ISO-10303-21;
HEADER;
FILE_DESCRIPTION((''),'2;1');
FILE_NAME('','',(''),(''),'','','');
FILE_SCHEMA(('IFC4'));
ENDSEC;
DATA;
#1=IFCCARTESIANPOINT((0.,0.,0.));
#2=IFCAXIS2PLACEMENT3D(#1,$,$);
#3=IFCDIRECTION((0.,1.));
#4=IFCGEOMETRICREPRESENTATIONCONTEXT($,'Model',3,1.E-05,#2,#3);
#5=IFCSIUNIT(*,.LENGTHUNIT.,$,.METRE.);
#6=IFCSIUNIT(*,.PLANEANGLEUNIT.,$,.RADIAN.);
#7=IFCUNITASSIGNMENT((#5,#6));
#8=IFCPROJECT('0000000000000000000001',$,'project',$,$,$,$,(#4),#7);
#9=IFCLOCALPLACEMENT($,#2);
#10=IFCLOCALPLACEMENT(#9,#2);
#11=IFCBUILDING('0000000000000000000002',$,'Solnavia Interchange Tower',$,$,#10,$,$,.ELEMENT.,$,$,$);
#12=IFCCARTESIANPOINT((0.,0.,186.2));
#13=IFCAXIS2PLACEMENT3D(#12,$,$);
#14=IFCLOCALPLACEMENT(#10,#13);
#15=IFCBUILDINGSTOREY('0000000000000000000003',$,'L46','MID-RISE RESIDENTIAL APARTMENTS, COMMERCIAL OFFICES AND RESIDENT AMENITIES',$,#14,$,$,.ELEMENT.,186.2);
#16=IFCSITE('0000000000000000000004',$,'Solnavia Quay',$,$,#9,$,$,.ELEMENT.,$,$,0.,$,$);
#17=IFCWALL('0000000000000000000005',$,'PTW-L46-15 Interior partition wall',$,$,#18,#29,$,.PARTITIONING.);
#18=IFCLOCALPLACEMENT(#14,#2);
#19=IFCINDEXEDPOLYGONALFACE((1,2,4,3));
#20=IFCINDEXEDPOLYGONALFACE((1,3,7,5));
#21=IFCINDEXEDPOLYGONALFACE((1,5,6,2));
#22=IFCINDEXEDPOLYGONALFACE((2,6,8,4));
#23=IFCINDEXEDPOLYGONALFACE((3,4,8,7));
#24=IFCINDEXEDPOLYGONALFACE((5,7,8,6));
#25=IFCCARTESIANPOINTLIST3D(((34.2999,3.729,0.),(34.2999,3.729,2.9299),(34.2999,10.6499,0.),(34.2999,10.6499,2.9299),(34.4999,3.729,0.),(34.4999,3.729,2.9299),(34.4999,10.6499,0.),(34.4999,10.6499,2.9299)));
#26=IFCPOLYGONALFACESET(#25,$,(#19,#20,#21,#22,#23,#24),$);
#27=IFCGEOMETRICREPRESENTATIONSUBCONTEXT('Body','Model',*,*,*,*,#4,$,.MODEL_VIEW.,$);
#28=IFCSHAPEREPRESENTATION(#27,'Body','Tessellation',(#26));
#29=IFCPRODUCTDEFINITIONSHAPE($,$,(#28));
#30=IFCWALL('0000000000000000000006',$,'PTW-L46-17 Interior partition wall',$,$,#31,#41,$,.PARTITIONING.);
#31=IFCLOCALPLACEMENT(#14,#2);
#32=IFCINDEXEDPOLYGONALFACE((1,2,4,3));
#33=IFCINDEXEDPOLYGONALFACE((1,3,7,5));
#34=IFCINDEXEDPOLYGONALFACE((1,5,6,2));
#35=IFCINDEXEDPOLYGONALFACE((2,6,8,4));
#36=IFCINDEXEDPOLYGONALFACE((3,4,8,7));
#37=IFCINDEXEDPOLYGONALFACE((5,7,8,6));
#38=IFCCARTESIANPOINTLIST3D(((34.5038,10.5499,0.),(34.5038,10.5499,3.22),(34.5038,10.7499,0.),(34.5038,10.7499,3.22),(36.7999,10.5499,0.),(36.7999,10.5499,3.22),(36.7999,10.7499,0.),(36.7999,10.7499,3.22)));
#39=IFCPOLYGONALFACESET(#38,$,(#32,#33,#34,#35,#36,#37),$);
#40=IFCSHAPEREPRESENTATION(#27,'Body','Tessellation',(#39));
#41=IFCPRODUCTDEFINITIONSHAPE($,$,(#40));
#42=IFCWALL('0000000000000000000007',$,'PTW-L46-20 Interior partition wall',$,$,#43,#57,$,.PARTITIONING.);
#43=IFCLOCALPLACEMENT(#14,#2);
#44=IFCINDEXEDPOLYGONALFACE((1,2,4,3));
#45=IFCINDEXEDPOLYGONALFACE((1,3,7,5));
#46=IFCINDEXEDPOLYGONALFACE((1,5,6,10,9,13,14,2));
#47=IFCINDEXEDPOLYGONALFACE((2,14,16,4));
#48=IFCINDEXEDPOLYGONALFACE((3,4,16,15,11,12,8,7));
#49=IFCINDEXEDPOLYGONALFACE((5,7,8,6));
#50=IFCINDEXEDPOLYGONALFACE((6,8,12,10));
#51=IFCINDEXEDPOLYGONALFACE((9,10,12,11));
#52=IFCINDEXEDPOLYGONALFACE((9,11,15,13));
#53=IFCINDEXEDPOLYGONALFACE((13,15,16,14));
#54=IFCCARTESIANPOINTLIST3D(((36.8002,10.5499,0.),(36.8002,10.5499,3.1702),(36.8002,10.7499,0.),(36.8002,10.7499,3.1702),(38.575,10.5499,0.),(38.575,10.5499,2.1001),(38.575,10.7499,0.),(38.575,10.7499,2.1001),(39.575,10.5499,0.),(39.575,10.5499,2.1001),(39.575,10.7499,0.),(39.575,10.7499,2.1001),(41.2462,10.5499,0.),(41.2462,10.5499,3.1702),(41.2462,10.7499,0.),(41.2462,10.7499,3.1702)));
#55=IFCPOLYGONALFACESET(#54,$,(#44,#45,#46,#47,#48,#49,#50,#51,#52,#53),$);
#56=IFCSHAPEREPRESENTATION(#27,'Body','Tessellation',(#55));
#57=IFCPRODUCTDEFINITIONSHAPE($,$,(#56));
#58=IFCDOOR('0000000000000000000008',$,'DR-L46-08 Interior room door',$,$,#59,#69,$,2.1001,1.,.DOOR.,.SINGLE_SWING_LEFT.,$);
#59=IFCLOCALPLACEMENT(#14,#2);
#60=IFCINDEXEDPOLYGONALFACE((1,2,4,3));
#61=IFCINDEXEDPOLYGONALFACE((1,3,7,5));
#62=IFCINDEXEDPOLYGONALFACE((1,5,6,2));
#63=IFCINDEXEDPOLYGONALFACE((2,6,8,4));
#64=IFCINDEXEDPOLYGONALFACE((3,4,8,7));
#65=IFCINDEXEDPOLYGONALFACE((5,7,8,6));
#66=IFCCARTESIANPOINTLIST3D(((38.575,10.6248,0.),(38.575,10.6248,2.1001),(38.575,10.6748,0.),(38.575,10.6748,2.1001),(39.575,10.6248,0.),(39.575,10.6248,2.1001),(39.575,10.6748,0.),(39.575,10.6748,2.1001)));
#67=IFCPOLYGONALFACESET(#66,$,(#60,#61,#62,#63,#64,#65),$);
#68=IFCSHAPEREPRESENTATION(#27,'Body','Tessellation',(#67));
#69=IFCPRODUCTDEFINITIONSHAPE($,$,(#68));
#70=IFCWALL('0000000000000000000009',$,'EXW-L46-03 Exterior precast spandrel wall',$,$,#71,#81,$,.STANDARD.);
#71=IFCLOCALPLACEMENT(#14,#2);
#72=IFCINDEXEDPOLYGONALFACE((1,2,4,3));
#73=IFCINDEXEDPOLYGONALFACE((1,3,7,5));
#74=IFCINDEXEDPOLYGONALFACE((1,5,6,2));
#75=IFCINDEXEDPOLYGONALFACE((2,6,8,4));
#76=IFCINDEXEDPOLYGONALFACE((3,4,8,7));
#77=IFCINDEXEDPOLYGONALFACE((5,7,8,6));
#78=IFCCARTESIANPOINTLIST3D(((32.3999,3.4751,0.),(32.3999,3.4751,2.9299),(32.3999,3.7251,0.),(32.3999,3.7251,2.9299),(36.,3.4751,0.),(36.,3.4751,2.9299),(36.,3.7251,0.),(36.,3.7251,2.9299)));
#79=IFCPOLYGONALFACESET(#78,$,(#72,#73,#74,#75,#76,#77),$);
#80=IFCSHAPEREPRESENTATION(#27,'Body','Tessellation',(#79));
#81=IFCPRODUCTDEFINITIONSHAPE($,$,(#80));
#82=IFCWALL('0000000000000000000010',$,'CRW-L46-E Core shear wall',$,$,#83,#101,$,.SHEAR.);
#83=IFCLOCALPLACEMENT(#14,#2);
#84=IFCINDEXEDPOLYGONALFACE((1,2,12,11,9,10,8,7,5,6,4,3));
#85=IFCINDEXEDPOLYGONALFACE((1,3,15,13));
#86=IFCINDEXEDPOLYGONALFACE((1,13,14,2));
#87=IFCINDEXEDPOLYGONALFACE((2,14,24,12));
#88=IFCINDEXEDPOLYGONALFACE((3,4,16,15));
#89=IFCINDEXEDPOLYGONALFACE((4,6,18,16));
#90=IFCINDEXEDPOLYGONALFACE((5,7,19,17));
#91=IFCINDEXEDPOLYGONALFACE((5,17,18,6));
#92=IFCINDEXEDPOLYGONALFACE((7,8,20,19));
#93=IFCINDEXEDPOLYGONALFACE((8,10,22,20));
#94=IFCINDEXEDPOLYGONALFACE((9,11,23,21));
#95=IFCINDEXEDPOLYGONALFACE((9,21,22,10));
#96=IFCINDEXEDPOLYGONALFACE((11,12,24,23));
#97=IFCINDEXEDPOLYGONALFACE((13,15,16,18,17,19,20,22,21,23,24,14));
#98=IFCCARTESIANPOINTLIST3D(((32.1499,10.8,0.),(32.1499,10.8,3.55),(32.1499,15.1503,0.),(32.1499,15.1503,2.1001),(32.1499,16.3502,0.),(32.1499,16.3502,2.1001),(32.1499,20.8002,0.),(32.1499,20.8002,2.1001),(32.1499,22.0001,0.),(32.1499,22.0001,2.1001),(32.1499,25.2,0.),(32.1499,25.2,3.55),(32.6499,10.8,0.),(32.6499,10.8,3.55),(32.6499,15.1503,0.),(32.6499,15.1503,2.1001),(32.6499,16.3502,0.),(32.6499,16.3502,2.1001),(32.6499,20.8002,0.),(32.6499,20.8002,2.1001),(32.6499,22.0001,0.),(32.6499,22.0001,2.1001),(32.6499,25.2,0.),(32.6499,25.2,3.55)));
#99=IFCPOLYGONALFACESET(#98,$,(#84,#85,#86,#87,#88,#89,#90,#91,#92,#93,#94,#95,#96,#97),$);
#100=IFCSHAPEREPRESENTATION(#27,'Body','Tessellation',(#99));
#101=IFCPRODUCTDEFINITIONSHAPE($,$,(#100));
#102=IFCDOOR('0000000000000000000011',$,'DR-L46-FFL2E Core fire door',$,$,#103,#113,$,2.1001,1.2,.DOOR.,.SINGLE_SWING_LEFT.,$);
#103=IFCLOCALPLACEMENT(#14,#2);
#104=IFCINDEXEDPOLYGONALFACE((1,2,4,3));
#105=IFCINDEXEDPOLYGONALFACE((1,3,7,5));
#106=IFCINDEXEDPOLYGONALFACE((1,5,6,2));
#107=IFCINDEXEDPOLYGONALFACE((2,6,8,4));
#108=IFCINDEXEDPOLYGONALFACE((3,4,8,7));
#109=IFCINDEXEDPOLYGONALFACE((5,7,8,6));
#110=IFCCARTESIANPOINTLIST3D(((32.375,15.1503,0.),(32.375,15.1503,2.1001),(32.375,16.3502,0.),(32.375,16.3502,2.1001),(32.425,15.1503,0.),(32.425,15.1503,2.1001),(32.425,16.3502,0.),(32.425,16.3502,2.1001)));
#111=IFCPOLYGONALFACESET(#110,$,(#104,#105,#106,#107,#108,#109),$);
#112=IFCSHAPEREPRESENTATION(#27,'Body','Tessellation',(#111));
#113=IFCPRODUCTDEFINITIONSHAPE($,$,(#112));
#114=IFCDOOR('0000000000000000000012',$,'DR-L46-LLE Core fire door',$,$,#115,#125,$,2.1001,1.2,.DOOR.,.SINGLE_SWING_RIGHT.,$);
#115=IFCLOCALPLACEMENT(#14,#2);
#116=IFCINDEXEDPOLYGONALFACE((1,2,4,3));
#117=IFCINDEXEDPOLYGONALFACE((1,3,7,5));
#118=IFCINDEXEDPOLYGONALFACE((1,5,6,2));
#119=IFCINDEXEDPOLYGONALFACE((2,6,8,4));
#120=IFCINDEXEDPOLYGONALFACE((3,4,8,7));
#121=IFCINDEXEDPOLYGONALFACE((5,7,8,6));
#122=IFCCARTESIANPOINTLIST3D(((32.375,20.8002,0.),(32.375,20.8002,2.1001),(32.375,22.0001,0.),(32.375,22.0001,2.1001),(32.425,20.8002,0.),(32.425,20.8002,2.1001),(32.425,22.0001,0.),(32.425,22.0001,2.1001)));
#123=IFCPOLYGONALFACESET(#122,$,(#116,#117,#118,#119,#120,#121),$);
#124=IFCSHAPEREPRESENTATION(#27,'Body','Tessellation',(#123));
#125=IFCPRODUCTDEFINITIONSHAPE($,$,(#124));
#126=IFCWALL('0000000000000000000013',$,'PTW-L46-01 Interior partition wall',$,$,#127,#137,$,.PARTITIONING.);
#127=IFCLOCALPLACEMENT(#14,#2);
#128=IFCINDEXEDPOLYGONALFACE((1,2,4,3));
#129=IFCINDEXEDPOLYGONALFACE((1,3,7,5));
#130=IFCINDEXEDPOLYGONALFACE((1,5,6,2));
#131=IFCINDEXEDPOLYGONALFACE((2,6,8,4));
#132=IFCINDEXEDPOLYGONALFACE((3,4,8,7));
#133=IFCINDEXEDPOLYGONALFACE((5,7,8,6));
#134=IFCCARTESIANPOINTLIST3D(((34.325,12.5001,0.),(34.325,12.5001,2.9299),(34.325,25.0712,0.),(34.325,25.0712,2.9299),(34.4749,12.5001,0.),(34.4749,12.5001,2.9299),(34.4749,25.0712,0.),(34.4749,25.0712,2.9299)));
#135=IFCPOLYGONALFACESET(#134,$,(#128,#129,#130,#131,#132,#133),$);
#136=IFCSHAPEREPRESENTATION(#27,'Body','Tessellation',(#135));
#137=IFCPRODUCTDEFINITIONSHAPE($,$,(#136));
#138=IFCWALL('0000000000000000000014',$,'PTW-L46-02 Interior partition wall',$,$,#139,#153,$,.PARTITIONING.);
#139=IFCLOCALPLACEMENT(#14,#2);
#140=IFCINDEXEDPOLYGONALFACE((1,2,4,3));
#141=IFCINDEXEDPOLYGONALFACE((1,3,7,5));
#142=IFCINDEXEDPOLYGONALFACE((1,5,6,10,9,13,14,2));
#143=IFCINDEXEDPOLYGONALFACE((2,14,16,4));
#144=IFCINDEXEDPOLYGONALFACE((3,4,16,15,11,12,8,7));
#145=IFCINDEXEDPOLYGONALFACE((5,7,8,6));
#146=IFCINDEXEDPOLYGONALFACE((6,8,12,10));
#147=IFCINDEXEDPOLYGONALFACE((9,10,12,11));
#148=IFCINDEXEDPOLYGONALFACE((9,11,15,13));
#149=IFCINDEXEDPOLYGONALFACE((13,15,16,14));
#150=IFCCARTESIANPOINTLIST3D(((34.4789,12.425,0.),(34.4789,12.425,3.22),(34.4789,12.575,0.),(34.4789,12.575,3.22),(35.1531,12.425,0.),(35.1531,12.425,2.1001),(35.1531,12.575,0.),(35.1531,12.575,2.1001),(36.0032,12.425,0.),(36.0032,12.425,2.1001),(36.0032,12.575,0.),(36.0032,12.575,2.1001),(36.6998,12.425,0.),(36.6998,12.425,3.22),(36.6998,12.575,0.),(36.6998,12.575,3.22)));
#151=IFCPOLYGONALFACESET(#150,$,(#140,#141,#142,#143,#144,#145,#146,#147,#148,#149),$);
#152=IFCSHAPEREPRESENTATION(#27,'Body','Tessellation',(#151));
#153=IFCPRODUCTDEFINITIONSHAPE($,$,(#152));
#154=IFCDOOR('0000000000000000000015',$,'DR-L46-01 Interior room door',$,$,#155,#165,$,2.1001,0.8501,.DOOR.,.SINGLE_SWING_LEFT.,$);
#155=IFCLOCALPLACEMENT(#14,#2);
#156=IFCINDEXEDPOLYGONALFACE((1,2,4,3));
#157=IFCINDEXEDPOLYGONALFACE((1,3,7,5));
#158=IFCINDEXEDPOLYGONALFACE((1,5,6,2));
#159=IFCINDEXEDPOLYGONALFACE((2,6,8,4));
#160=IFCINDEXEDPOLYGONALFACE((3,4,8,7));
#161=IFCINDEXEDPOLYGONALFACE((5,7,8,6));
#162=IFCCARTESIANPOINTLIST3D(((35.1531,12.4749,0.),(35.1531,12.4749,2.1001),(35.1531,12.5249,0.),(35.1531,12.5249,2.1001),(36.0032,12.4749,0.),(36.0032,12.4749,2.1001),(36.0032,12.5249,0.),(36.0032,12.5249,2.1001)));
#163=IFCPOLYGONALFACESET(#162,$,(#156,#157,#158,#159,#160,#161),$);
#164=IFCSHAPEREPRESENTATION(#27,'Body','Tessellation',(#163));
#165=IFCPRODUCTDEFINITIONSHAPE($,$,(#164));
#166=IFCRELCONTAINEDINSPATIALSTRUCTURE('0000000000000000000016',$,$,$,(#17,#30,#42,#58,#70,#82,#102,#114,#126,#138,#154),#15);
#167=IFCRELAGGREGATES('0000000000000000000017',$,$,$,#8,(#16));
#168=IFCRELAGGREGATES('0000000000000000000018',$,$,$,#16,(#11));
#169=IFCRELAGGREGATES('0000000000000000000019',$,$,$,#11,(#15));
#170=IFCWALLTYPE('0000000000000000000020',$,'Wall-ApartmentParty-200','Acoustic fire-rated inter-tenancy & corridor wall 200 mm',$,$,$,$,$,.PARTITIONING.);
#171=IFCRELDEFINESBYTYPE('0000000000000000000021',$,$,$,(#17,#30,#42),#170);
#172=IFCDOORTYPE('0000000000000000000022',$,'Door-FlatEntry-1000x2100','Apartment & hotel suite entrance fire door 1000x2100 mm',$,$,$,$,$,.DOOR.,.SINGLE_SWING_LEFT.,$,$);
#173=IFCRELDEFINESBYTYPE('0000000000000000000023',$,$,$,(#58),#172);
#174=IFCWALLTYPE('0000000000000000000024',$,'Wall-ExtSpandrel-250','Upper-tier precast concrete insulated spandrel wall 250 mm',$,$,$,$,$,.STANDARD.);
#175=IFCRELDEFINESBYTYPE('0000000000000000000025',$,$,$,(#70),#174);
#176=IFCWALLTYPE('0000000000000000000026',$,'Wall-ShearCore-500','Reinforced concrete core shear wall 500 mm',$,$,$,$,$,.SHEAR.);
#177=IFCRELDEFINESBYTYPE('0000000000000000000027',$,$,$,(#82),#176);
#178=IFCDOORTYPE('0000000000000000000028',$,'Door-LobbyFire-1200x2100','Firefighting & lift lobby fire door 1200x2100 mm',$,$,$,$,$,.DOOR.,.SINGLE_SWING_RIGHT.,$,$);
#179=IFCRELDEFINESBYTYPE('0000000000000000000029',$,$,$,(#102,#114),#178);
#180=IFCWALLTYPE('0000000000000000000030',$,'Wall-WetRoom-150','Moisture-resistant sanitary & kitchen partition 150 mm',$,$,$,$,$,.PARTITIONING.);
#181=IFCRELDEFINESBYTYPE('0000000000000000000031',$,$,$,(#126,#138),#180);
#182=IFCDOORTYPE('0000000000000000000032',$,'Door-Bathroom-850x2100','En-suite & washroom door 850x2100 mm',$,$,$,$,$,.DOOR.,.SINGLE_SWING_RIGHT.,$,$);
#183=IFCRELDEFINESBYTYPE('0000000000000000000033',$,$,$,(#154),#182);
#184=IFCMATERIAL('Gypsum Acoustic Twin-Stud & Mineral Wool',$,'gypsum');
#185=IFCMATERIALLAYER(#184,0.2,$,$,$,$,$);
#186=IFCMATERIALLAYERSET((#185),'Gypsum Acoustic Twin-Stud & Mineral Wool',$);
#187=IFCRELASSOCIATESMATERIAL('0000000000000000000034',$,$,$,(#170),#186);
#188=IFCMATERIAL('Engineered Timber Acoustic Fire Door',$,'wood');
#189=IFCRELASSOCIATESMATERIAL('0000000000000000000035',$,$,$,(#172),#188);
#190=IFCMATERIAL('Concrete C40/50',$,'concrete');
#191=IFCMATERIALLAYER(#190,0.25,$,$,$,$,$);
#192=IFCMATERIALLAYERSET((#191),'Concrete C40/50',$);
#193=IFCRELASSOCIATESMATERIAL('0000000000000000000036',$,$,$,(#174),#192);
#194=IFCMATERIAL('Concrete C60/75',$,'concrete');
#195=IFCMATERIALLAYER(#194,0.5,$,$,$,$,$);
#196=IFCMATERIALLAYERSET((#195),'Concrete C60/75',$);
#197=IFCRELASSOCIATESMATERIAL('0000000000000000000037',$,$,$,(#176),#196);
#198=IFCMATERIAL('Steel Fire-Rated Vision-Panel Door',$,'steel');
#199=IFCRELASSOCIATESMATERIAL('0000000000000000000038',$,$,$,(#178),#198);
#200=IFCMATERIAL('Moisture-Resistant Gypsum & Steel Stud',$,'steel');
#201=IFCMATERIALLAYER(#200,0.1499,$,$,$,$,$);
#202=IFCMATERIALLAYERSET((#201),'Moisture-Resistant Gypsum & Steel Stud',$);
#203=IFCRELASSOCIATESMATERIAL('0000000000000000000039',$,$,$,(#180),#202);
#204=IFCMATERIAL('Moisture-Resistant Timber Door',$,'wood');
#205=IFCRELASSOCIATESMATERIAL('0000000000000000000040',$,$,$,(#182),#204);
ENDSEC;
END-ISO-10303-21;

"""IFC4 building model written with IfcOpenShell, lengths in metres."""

from ifc_helpers import new_model, si_unit, direction, frame, frame_2d, origin, place, context, subcontext, project, spatial, rectangle, extrude, material, layer, layer_set, type_object, element, fill, save


model = new_model("IFC4")

# Units and contexts
model_context = context("Model", 3, precision=1e-05, world=origin(), true_north=direction((0.0, 1.0)))
body_context = subcontext(model_context, "Body", "Model", "MODEL_VIEW")
ifc_project = project(units=[si_unit("LENGTHUNIT", "METRE"), si_unit("PLANEANGLEUNIT", "RADIAN")], contexts=[model_context])

# Site, building, storey
site_placement = place(None, origin())
site = spatial("IfcSite", under=ifc_project, at=site_placement, Name="Solnavia Quay", CompositionType="ELEMENT", RefElevation=0.0)
building_placement = place(site_placement, origin())
building = spatial("IfcBuilding", under=site, at=building_placement, Name="Solnavia Interchange Tower", CompositionType="ELEMENT")
storey_placement = place(building_placement, frame((0.0, 0.0, 186.2)))
storey = spatial("IfcBuildingStorey", under=building, at=storey_placement, Name="L46", Description="MID-RISE RESIDENTIAL APARTMENTS, COMMERCIAL OFFICES AND RESIDENT AMENITIES", CompositionType="ELEMENT", Elevation=186.2)

# Walls
ifc_material_1 = material(Name="Gypsum Acoustic Twin-Stud & Mineral Wool", Category="gypsum")
ifc_layer_1 = layer(ifc_material_1, 0.2)
ifc_layer_set_1 = layer_set([ifc_layer_1], Name="Gypsum Acoustic Twin-Stud & Mineral Wool")
wall_type_1 = type_object("IfcWallType", Name="Wall-ApartmentParty-200", Description="Acoustic fire-rated inter-tenancy & corridor wall 200 mm", PredefinedType="PARTITIONING", material=ifc_layer_set_1)
wall_1_placement = place(storey_placement, frame((34.3999, 3.729, 0.0), z_axis=(0.0, 0.0, 1.0), x_axis=(0.0, 1.0, 0.0)))
element("IfcWall", 1, at=wall_1_placement, inside=storey, type_object=wall_type_1, Name="PTW-L46-15 Interior partition wall", PredefinedType="PARTITIONING", context=body_context, shape_type="SweptSolid", body=[
    extrude(rectangle(XDim=6.9209, YDim=0.2, at=frame_2d((3.4604, 0.0))), origin(), (0.0, 0.0, 1.0), 2.9299),
])
wall_2_placement = place(storey_placement, frame((34.5039, 10.6499, 0.0), z_axis=(0.0, 0.0, 1.0), x_axis=(1.0, 0.0, 0.0)))
element("IfcWall", 2, at=wall_2_placement, inside=storey, type_object=wall_type_1, Name="PTW-L46-17 Interior partition wall", PredefinedType="PARTITIONING", context=body_context, shape_type="SweptSolid", body=[
    extrude(rectangle(XDim=2.2961, YDim=0.2, at=frame_2d((1.1479, 0.0))), origin(), (0.0, 0.0, 1.0), 3.22),
])

# Wall, opening, door
wall_3_placement = place(storey_placement, frame((36.8, 10.6499, 0.0), z_axis=(0.0, 0.0, 1.0), x_axis=(1.0, 0.0, 0.0)))
wall_3 = element("IfcWall", 3, at=wall_3_placement, inside=storey, type_object=wall_type_1, Name="PTW-L46-20 Interior partition wall", PredefinedType="PARTITIONING", context=body_context, shape_type="SweptSolid", body=[
    extrude(rectangle(XDim=4.446, YDim=0.2, at=frame_2d((2.2231, 0.0))), origin(), (0.0, 0.0, 1.0), 3.1702),
])
opening_1_placement = place(wall_3_placement, frame((1.7749, 0.0, 0.0)))
opening_1 = element("IfcOpeningElement", 4, at=opening_1_placement, cuts=wall_3, PredefinedType="OPENING", context=body_context, shape_type="SweptSolid", body=[
    extrude(rectangle(XDim=1.0, YDim=2.1001, at=frame_2d((0.5, 1.05))), frame((0.0, 0.1099, 0.0), z_axis=(0.0, -1.0, 0.0), x_axis=(1.0, 0.0, 0.0)), (0.0, 0.0, 1.0), 0.22),
])
ifc_material_2 = material(Name="Engineered Timber Acoustic Fire Door", Category="wood")
door_type_1 = type_object("IfcDoorType", Name="Door-FlatEntry-1000x2100", Description="Apartment & hotel suite entrance fire door 1000x2100 mm", OperationType="SINGLE_SWING_LEFT", PredefinedType="DOOR", material=ifc_material_2)
door_1_placement = place(opening_1_placement, origin())
door_1 = element("IfcDoor", 5, at=door_1_placement, inside=storey, type_object=door_type_1, Name="DR-L46-08 Interior room door", OperationType="SINGLE_SWING_LEFT", OverallHeight=2.1001, OverallWidth=1.0, PredefinedType="DOOR", context=body_context, shape_type="SweptSolid", body=[
    extrude(rectangle(XDim=1.0, YDim=2.1001, at=frame_2d((0.5, 1.05))), frame((0.0, 0.0249, 0.0), z_axis=(0.0, -1.0, 0.0), x_axis=(1.0, 0.0, 0.0)), (0.0, 0.0, 1.0), 0.05),
])
fill(opening_1, door_1)

# Wall
ifc_material_3 = material(Name="Concrete C40/50", Category="concrete")
ifc_layer_2 = layer(ifc_material_3, 0.25)
ifc_layer_set_2 = layer_set([ifc_layer_2], Name="Concrete C40/50")
wall_type_2 = type_object("IfcWallType", Name="Wall-ExtSpandrel-250", Description="Upper-tier precast concrete insulated spandrel wall 250 mm", PredefinedType="STANDARD", material=ifc_layer_set_2)
wall_4_placement = place(storey_placement, frame((36.0, 3.6001, 0.0), z_axis=(0.0, 0.0, 1.0), x_axis=(-1.0, 0.0, 0.0)))
element("IfcWall", 6, at=wall_4_placement, inside=storey, type_object=wall_type_2, Name="EXW-L46-03 Exterior precast spandrel wall", PredefinedType="STANDARD", context=body_context, shape_type="SweptSolid", body=[
    extrude(rectangle(XDim=3.6001, YDim=0.25, at=frame_2d((1.8, 0.0))), origin(), (0.0, 0.0, 1.0), 2.9299),
])

# Wall, openings, doors
ifc_material_4 = material(Name="Concrete C60/75", Category="concrete")
ifc_layer_3 = layer(ifc_material_4, 0.5)
ifc_layer_set_3 = layer_set([ifc_layer_3], Name="Concrete C60/75")
wall_type_3 = type_object("IfcWallType", Name="Wall-ShearCore-500", Description="Reinforced concrete core shear wall 500 mm", PredefinedType="SHEAR", material=ifc_layer_set_3)
wall_5_placement = place(storey_placement, frame((32.3999, 10.8, 0.0), z_axis=(0.0, 0.0, 1.0), x_axis=(0.0, 1.0, 0.0)))
wall_5 = element("IfcWall", 7, at=wall_5_placement, inside=storey, type_object=wall_type_3, Name="CRW-L46-E Core shear wall", PredefinedType="SHEAR", context=body_context, shape_type="SweptSolid", body=[
    extrude(rectangle(XDim=14.3999, YDim=0.5, at=frame_2d((7.2, 0.0))), origin(), (0.0, 0.0, 1.0), 3.55),
])
opening_2_placement = place(wall_5_placement, frame((4.3501, 0.0, 0.0)))
opening_2 = element("IfcOpeningElement", 8, at=opening_2_placement, cuts=wall_5, PredefinedType="OPENING", context=body_context, shape_type="SweptSolid", body=[
    extrude(rectangle(XDim=1.2, YDim=2.1001, at=frame_2d((0.6001, 1.05))), frame((0.0, 0.26, 0.0), z_axis=(0.0, -1.0, 0.0), x_axis=(1.0, 0.0, 0.0)), (0.0, 0.0, 1.0), 0.52),
])
opening_3_placement = place(wall_5_placement, frame((10.0, 0.0, 0.0)))
opening_3 = element("IfcOpeningElement", 9, at=opening_3_placement, cuts=wall_5, PredefinedType="OPENING", context=body_context, shape_type="SweptSolid", body=[
    extrude(rectangle(XDim=1.2, YDim=2.1001, at=frame_2d((0.6001, 1.05))), frame((0.0, 0.26, 0.0), z_axis=(0.0, -1.0, 0.0), x_axis=(1.0, 0.0, 0.0)), (0.0, 0.0, 1.0), 0.52),
])
ifc_material_5 = material(Name="Steel Fire-Rated Vision-Panel Door", Category="steel")
door_type_2 = type_object("IfcDoorType", Name="Door-LobbyFire-1200x2100", Description="Firefighting & lift lobby fire door 1200x2100 mm", OperationType="SINGLE_SWING_RIGHT", PredefinedType="DOOR", material=ifc_material_5)
door_2_placement = place(opening_2_placement, origin())
door_2 = element("IfcDoor", 10, at=door_2_placement, inside=storey, type_object=door_type_2, Name="DR-L46-FFL2E Core fire door", OperationType="SINGLE_SWING_LEFT", OverallHeight=2.1001, OverallWidth=1.2, PredefinedType="DOOR", context=body_context, shape_type="SweptSolid", body=[
    extrude(rectangle(XDim=1.2, YDim=2.1001, at=frame_2d((0.6001, 1.05))), frame((0.0, 0.0249, 0.0), z_axis=(0.0, -1.0, 0.0), x_axis=(1.0, 0.0, 0.0)), (0.0, 0.0, 1.0), 0.05),
])
fill(opening_2, door_2)
door_3_placement = place(opening_3_placement, origin())
door_3 = element("IfcDoor", 11, at=door_3_placement, inside=storey, type_object=door_type_2, Name="DR-L46-LLE Core fire door", OperationType="SINGLE_SWING_RIGHT", OverallHeight=2.1001, OverallWidth=1.2, PredefinedType="DOOR", context=body_context, shape_type="SweptSolid", body=[
    extrude(rectangle(XDim=1.2, YDim=2.1001, at=frame_2d((0.6001, 1.05))), frame((0.0, 0.0249, 0.0), z_axis=(0.0, -1.0, 0.0), x_axis=(1.0, 0.0, 0.0)), (0.0, 0.0, 1.0), 0.05),
])
fill(opening_3, door_3)

# Wall
ifc_material_6 = material(Name="Moisture-Resistant Gypsum & Steel Stud", Category="steel")
ifc_layer_4 = layer(ifc_material_6, 0.1499)
ifc_layer_set_4 = layer_set([ifc_layer_4], Name="Moisture-Resistant Gypsum & Steel Stud")
wall_type_4 = type_object("IfcWallType", Name="Wall-WetRoom-150", Description="Moisture-resistant sanitary & kitchen partition 150 mm", PredefinedType="PARTITIONING", material=ifc_layer_set_4)
wall_6_placement = place(storey_placement, frame((34.3999, 12.5, 0.0), z_axis=(0.0, 0.0, 1.0), x_axis=(0.0, 1.0, 0.0)))
element("IfcWall", 12, at=wall_6_placement, inside=storey, type_object=wall_type_4, Name="PTW-L46-01 Interior partition wall", PredefinedType="PARTITIONING", context=body_context, shape_type="SweptSolid", body=[
    extrude(rectangle(XDim=12.571, YDim=0.1499, at=frame_2d((6.2856, 0.0))), origin(), (0.0, 0.0, 1.0), 2.9299),
])

# Wall, opening, door
wall_7_placement = place(storey_placement, frame((34.479, 12.5, 0.0), z_axis=(0.0, 0.0, 1.0), x_axis=(1.0, 0.0, 0.0)))
wall_7 = element("IfcWall", 13, at=wall_7_placement, inside=storey, type_object=wall_type_4, Name="PTW-L46-02 Interior partition wall", PredefinedType="PARTITIONING", context=body_context, shape_type="SweptSolid", body=[
    extrude(rectangle(XDim=2.2209, YDim=0.1499, at=frame_2d((1.1104, 0.0))), origin(), (0.0, 0.0, 1.0), 3.22),
])
opening_4_placement = place(wall_7_placement, frame((0.6741, 0.0, 0.0)))
opening_4 = element("IfcOpeningElement", 14, at=opening_4_placement, cuts=wall_7, PredefinedType="OPENING", context=body_context, shape_type="SweptSolid", body=[
    extrude(rectangle(XDim=0.8501, YDim=2.1001, at=frame_2d((0.425, 1.05))), frame((0.0, 0.085, 0.0), z_axis=(0.0, -1.0, 0.0), x_axis=(1.0, 0.0, 0.0)), (0.0, 0.0, 1.0), 0.1699),
])
ifc_material_7 = material(Name="Moisture-Resistant Timber Door", Category="wood")
door_type_3 = type_object("IfcDoorType", Name="Door-Bathroom-850x2100", Description="En-suite & washroom door 850x2100 mm", OperationType="SINGLE_SWING_RIGHT", PredefinedType="DOOR", material=ifc_material_7)
door_4_placement = place(opening_4_placement, origin())
door_4 = element("IfcDoor", 15, at=door_4_placement, inside=storey, type_object=door_type_3, Name="DR-L46-01 Interior room door", OperationType="SINGLE_SWING_LEFT", OverallHeight=2.1001, OverallWidth=0.8501, PredefinedType="DOOR", context=body_context, shape_type="SweptSolid", body=[
    extrude(rectangle(XDim=0.8501, YDim=2.1001, at=frame_2d((0.425, 1.05))), frame((0.0, 0.0249, 0.0), z_axis=(0.0, -1.0, 0.0), x_axis=(1.0, 0.0, 0.0)), (0.0, 0.0, 1.0), 0.05),
])
fill(opening_4, door_4)

save(model, "model.ifc")
